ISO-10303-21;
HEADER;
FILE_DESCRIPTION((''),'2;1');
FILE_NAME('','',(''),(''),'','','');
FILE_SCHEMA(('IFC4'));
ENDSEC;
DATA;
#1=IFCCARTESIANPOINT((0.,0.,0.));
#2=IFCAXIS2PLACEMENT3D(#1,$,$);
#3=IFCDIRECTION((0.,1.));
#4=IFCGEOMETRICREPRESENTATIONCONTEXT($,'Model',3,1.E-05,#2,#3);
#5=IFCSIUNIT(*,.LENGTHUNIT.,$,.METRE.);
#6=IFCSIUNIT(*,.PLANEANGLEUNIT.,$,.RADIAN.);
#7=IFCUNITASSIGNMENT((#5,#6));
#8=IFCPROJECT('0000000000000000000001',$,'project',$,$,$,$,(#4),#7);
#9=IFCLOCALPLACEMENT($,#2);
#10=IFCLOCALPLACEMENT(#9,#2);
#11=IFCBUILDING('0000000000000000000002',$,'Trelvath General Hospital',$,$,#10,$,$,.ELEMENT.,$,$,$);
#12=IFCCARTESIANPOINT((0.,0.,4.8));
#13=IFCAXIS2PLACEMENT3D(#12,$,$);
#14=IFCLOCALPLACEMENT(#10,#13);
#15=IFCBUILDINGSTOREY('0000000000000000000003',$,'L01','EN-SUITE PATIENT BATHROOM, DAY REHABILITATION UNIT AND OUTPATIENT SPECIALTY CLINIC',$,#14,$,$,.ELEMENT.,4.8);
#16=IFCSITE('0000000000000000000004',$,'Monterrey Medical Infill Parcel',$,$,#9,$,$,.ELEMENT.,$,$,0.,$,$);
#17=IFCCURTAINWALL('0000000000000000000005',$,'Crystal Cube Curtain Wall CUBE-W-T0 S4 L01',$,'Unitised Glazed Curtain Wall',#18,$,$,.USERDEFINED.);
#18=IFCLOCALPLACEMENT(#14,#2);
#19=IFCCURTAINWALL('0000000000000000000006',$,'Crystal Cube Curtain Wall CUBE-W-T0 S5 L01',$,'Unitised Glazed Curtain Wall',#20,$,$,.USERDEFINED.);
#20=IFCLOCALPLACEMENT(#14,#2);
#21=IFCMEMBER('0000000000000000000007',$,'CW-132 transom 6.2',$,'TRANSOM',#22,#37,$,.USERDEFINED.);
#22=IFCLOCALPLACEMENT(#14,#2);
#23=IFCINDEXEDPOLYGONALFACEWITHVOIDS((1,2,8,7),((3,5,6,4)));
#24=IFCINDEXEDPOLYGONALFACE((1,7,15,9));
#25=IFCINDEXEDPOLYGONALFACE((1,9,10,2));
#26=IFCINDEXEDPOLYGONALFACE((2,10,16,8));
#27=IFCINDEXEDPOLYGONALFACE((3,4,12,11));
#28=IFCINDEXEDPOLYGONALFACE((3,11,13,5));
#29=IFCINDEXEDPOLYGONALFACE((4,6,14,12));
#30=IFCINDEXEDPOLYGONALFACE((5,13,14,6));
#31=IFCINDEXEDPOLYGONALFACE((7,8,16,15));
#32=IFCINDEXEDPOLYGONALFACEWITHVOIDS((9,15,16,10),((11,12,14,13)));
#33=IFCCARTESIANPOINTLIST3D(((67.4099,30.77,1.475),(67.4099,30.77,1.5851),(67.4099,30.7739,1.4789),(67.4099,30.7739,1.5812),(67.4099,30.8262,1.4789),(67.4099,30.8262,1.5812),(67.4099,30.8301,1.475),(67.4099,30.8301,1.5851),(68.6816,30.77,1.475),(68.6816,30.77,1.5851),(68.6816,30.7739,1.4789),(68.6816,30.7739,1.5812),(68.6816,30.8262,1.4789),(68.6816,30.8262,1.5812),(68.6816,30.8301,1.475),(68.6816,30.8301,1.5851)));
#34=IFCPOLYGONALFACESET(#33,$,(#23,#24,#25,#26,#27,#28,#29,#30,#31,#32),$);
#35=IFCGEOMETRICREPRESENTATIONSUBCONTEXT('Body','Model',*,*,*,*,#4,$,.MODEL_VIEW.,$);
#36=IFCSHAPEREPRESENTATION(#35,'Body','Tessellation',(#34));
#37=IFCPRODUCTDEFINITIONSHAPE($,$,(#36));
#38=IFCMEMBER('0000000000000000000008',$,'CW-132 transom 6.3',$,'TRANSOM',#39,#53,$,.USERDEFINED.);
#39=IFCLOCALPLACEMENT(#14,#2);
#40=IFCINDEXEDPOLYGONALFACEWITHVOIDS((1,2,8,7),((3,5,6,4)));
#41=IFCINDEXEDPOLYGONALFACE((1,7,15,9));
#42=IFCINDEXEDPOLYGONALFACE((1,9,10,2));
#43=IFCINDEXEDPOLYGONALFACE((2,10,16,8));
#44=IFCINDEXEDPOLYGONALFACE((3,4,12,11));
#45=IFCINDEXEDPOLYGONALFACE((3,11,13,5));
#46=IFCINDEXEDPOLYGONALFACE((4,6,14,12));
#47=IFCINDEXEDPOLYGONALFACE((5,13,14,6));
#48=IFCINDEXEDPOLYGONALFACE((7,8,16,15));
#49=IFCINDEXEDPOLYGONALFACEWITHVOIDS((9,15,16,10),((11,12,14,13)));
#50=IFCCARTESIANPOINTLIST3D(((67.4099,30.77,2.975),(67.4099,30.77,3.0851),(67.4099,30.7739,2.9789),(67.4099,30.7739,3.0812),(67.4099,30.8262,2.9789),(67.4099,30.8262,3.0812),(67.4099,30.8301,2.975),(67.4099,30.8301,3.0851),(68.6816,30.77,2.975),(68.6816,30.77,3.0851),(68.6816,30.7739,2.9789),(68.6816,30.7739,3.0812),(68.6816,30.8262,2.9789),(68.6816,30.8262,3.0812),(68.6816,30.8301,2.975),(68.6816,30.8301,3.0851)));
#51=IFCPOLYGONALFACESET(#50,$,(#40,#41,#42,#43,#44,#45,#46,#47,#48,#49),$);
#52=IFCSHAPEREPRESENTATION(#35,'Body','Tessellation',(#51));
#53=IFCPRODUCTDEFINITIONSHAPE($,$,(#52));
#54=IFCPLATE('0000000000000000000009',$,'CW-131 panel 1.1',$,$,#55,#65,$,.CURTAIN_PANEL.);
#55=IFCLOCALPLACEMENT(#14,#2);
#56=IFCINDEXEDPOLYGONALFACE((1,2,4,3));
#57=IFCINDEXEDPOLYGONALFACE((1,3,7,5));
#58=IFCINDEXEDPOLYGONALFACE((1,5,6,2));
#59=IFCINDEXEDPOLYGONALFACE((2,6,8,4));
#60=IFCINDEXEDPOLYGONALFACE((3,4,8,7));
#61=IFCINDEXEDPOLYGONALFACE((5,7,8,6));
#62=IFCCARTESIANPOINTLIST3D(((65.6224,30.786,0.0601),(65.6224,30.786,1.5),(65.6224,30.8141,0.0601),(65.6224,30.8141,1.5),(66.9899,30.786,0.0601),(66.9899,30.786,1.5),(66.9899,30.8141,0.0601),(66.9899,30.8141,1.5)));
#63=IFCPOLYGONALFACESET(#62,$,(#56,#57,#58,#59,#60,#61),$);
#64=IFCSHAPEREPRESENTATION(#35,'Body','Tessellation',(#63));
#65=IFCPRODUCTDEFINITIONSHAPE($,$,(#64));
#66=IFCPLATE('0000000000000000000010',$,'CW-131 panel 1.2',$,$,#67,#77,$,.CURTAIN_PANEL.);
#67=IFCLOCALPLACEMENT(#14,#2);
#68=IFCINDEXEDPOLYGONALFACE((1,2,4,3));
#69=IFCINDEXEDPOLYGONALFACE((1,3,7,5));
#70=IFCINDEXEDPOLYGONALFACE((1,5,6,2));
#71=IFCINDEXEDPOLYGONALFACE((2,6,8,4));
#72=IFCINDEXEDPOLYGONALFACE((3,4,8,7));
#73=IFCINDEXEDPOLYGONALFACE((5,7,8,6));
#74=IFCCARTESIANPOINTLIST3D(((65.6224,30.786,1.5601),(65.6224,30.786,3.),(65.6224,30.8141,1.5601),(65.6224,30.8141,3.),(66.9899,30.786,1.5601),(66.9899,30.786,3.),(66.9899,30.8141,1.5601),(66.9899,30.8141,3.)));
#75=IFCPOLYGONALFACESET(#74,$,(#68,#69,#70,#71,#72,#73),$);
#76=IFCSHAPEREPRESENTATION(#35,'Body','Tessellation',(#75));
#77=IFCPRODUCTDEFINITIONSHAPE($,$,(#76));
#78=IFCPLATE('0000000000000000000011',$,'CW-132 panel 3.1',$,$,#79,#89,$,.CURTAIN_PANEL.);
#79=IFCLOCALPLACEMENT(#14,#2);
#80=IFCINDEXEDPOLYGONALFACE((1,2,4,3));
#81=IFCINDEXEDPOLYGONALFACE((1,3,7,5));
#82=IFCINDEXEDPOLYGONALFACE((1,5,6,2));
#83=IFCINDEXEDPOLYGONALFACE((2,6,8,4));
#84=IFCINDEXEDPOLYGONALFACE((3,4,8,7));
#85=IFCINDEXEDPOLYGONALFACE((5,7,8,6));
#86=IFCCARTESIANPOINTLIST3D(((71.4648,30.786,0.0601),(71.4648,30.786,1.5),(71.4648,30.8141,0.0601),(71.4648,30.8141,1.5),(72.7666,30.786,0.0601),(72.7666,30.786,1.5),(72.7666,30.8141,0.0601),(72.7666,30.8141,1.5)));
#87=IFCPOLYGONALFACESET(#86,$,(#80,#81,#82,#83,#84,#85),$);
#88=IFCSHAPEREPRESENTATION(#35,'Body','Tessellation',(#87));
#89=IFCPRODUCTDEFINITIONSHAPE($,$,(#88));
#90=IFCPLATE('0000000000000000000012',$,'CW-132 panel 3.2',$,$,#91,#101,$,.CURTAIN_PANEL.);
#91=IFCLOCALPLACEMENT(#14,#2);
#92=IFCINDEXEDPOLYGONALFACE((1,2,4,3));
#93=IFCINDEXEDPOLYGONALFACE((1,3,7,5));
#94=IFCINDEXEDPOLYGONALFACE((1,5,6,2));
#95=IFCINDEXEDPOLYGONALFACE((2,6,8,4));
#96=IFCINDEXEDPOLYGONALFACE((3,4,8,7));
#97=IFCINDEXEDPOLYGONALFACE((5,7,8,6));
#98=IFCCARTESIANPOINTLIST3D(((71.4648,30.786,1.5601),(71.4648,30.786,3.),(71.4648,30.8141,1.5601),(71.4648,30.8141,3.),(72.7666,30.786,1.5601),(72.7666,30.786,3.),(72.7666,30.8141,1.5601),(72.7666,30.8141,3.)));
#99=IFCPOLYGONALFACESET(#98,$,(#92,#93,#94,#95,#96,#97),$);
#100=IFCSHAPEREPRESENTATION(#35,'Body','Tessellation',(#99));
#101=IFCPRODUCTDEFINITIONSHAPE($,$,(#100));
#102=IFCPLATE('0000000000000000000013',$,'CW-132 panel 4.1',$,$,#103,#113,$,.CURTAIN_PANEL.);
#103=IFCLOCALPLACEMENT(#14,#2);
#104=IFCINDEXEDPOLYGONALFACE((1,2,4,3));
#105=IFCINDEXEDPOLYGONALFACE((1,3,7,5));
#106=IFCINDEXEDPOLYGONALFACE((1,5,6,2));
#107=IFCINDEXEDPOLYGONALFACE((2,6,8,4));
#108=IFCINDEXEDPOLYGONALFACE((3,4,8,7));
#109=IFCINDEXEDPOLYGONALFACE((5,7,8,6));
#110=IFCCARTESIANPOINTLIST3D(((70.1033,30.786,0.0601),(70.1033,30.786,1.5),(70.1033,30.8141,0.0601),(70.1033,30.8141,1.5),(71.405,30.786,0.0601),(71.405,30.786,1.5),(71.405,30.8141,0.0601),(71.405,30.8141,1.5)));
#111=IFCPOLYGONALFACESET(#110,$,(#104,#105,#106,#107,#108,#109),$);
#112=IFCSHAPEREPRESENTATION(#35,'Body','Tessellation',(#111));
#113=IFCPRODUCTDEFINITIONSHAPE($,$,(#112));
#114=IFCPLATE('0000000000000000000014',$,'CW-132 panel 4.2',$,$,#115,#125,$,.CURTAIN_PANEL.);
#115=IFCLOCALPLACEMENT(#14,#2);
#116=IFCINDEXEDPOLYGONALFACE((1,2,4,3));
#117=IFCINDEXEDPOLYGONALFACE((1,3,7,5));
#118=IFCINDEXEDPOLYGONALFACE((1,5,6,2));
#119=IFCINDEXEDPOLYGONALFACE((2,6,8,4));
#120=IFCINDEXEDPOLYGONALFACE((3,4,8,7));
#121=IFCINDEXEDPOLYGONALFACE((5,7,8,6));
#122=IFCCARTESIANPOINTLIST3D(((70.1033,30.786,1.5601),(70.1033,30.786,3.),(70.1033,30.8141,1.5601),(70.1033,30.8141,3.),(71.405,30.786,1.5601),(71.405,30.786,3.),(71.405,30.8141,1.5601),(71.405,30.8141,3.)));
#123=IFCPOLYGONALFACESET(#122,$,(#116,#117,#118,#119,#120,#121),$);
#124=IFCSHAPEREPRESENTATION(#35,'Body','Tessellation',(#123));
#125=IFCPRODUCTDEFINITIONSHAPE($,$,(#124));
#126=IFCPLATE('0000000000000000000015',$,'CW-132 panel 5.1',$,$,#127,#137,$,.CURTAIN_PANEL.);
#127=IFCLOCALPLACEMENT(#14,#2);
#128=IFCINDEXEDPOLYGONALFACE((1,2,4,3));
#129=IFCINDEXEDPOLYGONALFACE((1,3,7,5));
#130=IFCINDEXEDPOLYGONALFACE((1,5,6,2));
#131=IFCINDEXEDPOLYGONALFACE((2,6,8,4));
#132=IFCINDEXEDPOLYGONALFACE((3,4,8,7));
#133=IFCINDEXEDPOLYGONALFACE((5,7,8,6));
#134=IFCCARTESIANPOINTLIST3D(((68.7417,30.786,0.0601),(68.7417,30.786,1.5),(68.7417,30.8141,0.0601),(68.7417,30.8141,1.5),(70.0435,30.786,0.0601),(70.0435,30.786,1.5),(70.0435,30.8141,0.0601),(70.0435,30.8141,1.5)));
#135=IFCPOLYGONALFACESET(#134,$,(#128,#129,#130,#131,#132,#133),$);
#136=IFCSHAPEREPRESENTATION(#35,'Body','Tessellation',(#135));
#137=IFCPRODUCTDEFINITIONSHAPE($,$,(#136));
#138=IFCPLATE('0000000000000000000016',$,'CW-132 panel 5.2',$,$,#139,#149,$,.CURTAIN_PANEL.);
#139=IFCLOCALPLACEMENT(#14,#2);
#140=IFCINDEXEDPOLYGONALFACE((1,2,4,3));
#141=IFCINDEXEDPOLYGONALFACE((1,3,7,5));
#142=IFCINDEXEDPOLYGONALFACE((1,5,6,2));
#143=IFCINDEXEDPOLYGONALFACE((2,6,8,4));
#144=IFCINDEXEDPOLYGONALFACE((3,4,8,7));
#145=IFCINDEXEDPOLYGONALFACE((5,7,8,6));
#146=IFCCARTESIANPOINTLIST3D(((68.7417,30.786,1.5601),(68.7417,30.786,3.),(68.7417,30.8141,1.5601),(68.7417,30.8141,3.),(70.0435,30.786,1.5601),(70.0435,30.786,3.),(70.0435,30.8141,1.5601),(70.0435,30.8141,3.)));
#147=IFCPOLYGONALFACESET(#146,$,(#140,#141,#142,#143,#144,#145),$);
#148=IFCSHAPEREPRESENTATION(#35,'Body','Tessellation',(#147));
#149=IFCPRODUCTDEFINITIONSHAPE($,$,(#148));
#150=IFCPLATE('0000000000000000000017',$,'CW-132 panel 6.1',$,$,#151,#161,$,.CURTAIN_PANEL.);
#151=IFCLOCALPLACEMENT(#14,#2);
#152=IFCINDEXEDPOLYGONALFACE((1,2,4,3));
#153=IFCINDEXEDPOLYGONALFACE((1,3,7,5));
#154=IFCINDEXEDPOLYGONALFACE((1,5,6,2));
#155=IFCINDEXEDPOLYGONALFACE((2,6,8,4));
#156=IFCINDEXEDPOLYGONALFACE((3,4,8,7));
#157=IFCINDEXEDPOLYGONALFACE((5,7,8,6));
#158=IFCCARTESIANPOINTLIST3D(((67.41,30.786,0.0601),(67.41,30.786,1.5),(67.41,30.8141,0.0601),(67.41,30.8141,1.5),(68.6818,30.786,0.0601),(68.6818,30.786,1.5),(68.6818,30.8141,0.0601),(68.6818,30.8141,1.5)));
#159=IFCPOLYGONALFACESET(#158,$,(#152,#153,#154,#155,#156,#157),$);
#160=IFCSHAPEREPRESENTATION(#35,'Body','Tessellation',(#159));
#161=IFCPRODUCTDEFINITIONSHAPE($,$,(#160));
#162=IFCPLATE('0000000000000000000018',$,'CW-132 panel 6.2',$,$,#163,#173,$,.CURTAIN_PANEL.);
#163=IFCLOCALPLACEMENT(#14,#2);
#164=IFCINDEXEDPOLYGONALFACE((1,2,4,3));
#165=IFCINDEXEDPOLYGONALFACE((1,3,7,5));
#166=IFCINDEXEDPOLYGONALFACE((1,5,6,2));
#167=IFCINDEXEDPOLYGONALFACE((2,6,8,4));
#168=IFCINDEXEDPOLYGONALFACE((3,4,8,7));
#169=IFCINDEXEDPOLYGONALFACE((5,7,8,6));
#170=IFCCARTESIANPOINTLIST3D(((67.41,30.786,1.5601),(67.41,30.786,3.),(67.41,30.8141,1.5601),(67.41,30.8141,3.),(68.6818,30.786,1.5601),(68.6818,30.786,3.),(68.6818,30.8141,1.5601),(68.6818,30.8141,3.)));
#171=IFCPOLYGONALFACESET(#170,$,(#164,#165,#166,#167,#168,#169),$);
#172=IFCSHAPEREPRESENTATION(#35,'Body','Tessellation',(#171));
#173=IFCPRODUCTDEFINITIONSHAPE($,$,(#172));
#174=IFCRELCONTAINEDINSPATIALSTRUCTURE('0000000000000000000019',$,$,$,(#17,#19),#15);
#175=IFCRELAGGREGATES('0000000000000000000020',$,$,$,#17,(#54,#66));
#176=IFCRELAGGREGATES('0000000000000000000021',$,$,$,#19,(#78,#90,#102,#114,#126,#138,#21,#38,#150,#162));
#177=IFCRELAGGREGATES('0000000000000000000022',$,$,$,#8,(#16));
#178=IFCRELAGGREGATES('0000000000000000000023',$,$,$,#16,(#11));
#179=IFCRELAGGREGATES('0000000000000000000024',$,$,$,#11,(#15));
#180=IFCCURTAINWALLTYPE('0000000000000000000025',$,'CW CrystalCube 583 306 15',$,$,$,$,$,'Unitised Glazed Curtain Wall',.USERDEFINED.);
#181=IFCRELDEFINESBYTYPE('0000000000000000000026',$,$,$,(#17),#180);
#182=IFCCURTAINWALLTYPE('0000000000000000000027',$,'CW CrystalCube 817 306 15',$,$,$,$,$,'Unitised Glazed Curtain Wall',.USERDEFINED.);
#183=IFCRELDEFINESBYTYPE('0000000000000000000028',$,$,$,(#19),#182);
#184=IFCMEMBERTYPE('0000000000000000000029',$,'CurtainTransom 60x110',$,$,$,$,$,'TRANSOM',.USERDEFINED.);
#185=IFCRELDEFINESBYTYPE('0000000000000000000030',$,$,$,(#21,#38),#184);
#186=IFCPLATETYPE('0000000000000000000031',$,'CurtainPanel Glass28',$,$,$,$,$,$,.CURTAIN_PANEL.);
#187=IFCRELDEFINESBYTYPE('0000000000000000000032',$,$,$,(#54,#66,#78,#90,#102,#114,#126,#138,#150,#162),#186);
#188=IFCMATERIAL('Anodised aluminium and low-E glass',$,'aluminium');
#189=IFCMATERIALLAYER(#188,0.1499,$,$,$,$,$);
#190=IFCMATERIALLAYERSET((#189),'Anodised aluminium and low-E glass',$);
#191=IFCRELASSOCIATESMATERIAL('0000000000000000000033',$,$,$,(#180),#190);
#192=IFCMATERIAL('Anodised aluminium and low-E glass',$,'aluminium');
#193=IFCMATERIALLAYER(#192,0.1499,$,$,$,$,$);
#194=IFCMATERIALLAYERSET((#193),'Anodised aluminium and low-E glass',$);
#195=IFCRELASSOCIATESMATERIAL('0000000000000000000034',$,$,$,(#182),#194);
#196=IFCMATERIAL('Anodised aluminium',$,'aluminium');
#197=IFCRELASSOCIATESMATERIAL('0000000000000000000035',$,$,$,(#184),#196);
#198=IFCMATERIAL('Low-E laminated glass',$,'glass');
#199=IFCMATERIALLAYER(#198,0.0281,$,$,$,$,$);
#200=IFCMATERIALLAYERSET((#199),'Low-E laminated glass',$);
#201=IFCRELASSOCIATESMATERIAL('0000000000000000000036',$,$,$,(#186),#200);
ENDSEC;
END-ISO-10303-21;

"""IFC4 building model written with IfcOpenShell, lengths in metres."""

from ifc_helpers import new_model, si_unit, direction, frame, origin, origin_2d, place, context, subcontext, project, spatial, rectangle, hollow_rectangle, extrude, material, layer, layer_set, material_profile, profile_set, type_object, element, aggregate, save


model = new_model("IFC4")

# Units and contexts
model_context = context("Model", 3, precision=1e-05, world=origin(), true_north=direction((0.0, 1.0)))
body_context = subcontext(model_context, "Body", "Model", "MODEL_VIEW")
ifc_project = project(units=[si_unit("LENGTHUNIT", "METRE"), si_unit("PLANEANGLEUNIT", "RADIAN")], contexts=[model_context])

# Site, building, storey
site_placement = place(None, origin())
site = spatial("IfcSite", under=ifc_project, at=site_placement, Name="Monterrey Medical Infill Parcel", CompositionType="ELEMENT", RefElevation=0.0)
building_placement = place(site_placement, origin())
building = spatial("IfcBuilding", under=site, at=building_placement, Name="Trelvath General Hospital", CompositionType="ELEMENT")
storey_placement = place(building_placement, frame((0.0, 0.0, 4.8)))
storey = spatial("IfcBuildingStorey", under=building, at=storey_placement, Name="L01", Description="EN-SUITE PATIENT BATHROOM, DAY REHABILITATION UNIT AND OUTPATIENT SPECIALTY CLINIC", CompositionType="ELEMENT", Elevation=4.8)

# Curtain walls
ifc_material_1 = material(Name="Anodised aluminium and low-E glass", Category="aluminium")
ifc_layer_1 = layer(ifc_material_1, 0.1499)
ifc_layer_set_1 = layer_set([ifc_layer_1], Name="Anodised aluminium and low-E glass")
curtain_wall_type_1 = type_object("IfcCurtainWallType", Name="CW CrystalCube 583 306 15", ElementType="Unitised Glazed Curtain Wall", PredefinedType="USERDEFINED", material=ifc_layer_set_1)
curtain_wall_1_placement = place(storey_placement, origin())
curtain_wall_1 = element("IfcCurtainWall", 1, at=curtain_wall_1_placement, inside=storey, type_object=curtain_wall_type_1, Name="Crystal Cube Curtain Wall CUBE-W-T0 S4 L01", ObjectType="Unitised Glazed Curtain Wall", PredefinedType="USERDEFINED")
ifc_material_2 = material(Name="Anodised aluminium and low-E glass", Category="aluminium")
ifc_layer_2 = layer(ifc_material_2, 0.1499)
ifc_layer_set_2 = layer_set([ifc_layer_2], Name="Anodised aluminium and low-E glass")
curtain_wall_type_2 = type_object("IfcCurtainWallType", Name="CW CrystalCube 817 306 15", ElementType="Unitised Glazed Curtain Wall", PredefinedType="USERDEFINED", material=ifc_layer_set_2)
curtain_wall_2_placement = place(storey_placement, origin())
curtain_wall_2 = element("IfcCurtainWall", 2, at=curtain_wall_2_placement, inside=storey, type_object=curtain_wall_type_2, Name="Crystal Cube Curtain Wall CUBE-W-T0 S5 L01", ObjectType="Unitised Glazed Curtain Wall", PredefinedType="USERDEFINED")

# Members
ifc_material_3 = material(Name="Anodised aluminium", Category="aluminium")
ifc_material_profile_1 = material_profile(ifc_material_3, hollow_rectangle(XDim=0.0601, YDim=0.1101, WallThickness=0.0039, at=origin_2d()), Name="RHS60x110x4")
ifc_profile_set_1 = profile_set([ifc_material_profile_1], Name="Anodised aluminium")
member_type_1 = type_object("IfcMemberType", Name="CurtainTransom 60x110", ElementType="TRANSOM", PredefinedType="USERDEFINED", material=ifc_profile_set_1)
member_1_placement = place(storey_placement, frame((68.6816, 30.8, 1.53), z_axis=(-1.0, 0.0, 0.0), x_axis=(0.0, -1.0, 0.0)))
member_1 = element("IfcMember", 3, at=member_1_placement, type_object=member_type_1, Name="CW-132 transom 6.2", ObjectType="TRANSOM", PredefinedType="USERDEFINED", context=body_context, shape_type="SweptSolid", body=[
    extrude(hollow_rectangle(XDim=0.0601, YDim=0.1101, WallThickness=0.0039, at=origin_2d()), origin(), (0.0, 0.0, 1.0), 1.2717),
])
member_2_placement = place(storey_placement, frame((68.6816, 30.8, 3.03), z_axis=(-1.0, 0.0, 0.0), x_axis=(0.0, -1.0, 0.0)))
member_2 = element("IfcMember", 4, at=member_2_placement, type_object=member_type_1, Name="CW-132 transom 6.3", ObjectType="TRANSOM", PredefinedType="USERDEFINED", context=body_context, shape_type="SweptSolid", body=[
    extrude(hollow_rectangle(XDim=0.0601, YDim=0.1101, WallThickness=0.0039, at=origin_2d()), origin(), (0.0, 0.0, 1.0), 1.2717),
])

# Plates
ifc_material_4 = material(Name="Low-E laminated glass", Category="glass")
ifc_layer_3 = layer(ifc_material_4, 0.0281)
ifc_layer_set_3 = layer_set([ifc_layer_3], Name="Low-E laminated glass")
plate_type = type_object("IfcPlateType", Name="CurtainPanel Glass28", PredefinedType="CURTAIN_PANEL", material=ifc_layer_set_3)
plate_1_placement = place(storey_placement, frame((66.3062, 30.8, 0.0601), z_axis=(0.0, 0.0, 1.0), x_axis=(-1.0, 0.0, 0.0)))
plate_1 = element("IfcPlate", 5, at=plate_1_placement, type_object=plate_type, Name="CW-131 panel 1.1", PredefinedType="CURTAIN_PANEL", context=body_context, shape_type="SweptSolid", body=[
    extrude(rectangle(XDim=1.3674, YDim=0.0281, at=origin_2d()), origin(), (0.0, 0.0, 1.0), 1.4399),
])
plate_2_placement = place(storey_placement, frame((66.3062, 30.8, 1.5601), z_axis=(0.0, 0.0, 1.0), x_axis=(-1.0, 0.0, 0.0)))
plate_2 = element("IfcPlate", 6, at=plate_2_placement, type_object=plate_type, Name="CW-131 panel 1.2", PredefinedType="CURTAIN_PANEL", context=body_context, shape_type="SweptSolid", body=[
    extrude(rectangle(XDim=1.3674, YDim=0.0281, at=origin_2d()), origin(), (0.0, 0.0, 1.0), 1.4399),
])
aggregate(curtain_wall_1, [plate_1, plate_2])
plate_3_placement = place(storey_placement, frame((72.1157, 30.8, 0.0601), z_axis=(0.0, 0.0, 1.0), x_axis=(-1.0, 0.0, 0.0)))
plate_3 = element("IfcPlate", 7, at=plate_3_placement, type_object=plate_type, Name="CW-132 panel 3.1", PredefinedType="CURTAIN_PANEL", context=body_context, shape_type="SweptSolid", body=[
    extrude(rectangle(XDim=1.3018, YDim=0.0281, at=origin_2d()), origin(), (0.0, 0.0, 1.0), 1.4399),
])
plate_4_placement = place(storey_placement, frame((72.1157, 30.8, 1.5601), z_axis=(0.0, 0.0, 1.0), x_axis=(-1.0, 0.0, 0.0)))
plate_4 = element("IfcPlate", 8, at=plate_4_placement, type_object=plate_type, Name="CW-132 panel 3.2", PredefinedType="CURTAIN_PANEL", context=body_context, shape_type="SweptSolid", body=[
    extrude(rectangle(XDim=1.3018, YDim=0.0281, at=origin_2d()), origin(), (0.0, 0.0, 1.0), 1.4399),
])
plate_5_placement = place(storey_placement, frame((70.7542, 30.8, 0.0601), z_axis=(0.0, 0.0, 1.0), x_axis=(-1.0, 0.0, 0.0)))
plate_5 = element("IfcPlate", 9, at=plate_5_placement, type_object=plate_type, Name="CW-132 panel 4.1", PredefinedType="CURTAIN_PANEL", context=body_context, shape_type="SweptSolid", body=[
    extrude(rectangle(XDim=1.3018, YDim=0.0281, at=origin_2d()), origin(), (0.0, 0.0, 1.0), 1.4399),
])
plate_6_placement = place(storey_placement, frame((70.7542, 30.8, 1.5601), z_axis=(0.0, 0.0, 1.0), x_axis=(-1.0, 0.0, 0.0)))
plate_6 = element("IfcPlate", 10, at=plate_6_placement, type_object=plate_type, Name="CW-132 panel 4.2", PredefinedType="CURTAIN_PANEL", context=body_context, shape_type="SweptSolid", body=[
    extrude(rectangle(XDim=1.3018, YDim=0.0281, at=origin_2d()), origin(), (0.0, 0.0, 1.0), 1.4399),
])
plate_7_placement = place(storey_placement, frame((69.3926, 30.8, 0.0601), z_axis=(0.0, 0.0, 1.0), x_axis=(-1.0, 0.0, 0.0)))
plate_7 = element("IfcPlate", 11, at=plate_7_placement, type_object=plate_type, Name="CW-132 panel 5.1", PredefinedType="CURTAIN_PANEL", context=body_context, shape_type="SweptSolid", body=[
    extrude(rectangle(XDim=1.3018, YDim=0.0281, at=origin_2d()), origin(), (0.0, 0.0, 1.0), 1.4399),
])
plate_8_placement = place(storey_placement, frame((69.3926, 30.8, 1.5601), z_axis=(0.0, 0.0, 1.0), x_axis=(-1.0, 0.0, 0.0)))
plate_8 = element("IfcPlate", 12, at=plate_8_placement, type_object=plate_type, Name="CW-132 panel 5.2", PredefinedType="CURTAIN_PANEL", context=body_context, shape_type="SweptSolid", body=[
    extrude(rectangle(XDim=1.3018, YDim=0.0281, at=origin_2d()), origin(), (0.0, 0.0, 1.0), 1.4399),
])
plate_9_placement = place(storey_placement, frame((68.0459, 30.8, 0.0601), z_axis=(0.0, 0.0, 1.0), x_axis=(-1.0, 0.0, 0.0)))
plate_9 = element("IfcPlate", 13, at=plate_9_placement, type_object=plate_type, Name="CW-132 panel 6.1", PredefinedType="CURTAIN_PANEL", context=body_context, shape_type="SweptSolid", body=[
    extrude(rectangle(XDim=1.2717, YDim=0.0281, at=origin_2d()), origin(), (0.0, 0.0, 1.0), 1.4399),
])
plate_10_placement = place(storey_placement, frame((68.0459, 30.8, 1.5601), z_axis=(0.0, 0.0, 1.0), x_axis=(-1.0, 0.0, 0.0)))
plate_10 = element("IfcPlate", 14, at=plate_10_placement, type_object=plate_type, Name="CW-132 panel 6.2", PredefinedType="CURTAIN_PANEL", context=body_context, shape_type="SweptSolid", body=[
    extrude(rectangle(XDim=1.2717, YDim=0.0281, at=origin_2d()), origin(), (0.0, 0.0, 1.0), 1.4399),
])
aggregate(curtain_wall_2, [plate_3, plate_4, plate_5, plate_6, plate_7, plate_8, member_1, member_2, plate_9, plate_10])

save(model, "model.ifc")
